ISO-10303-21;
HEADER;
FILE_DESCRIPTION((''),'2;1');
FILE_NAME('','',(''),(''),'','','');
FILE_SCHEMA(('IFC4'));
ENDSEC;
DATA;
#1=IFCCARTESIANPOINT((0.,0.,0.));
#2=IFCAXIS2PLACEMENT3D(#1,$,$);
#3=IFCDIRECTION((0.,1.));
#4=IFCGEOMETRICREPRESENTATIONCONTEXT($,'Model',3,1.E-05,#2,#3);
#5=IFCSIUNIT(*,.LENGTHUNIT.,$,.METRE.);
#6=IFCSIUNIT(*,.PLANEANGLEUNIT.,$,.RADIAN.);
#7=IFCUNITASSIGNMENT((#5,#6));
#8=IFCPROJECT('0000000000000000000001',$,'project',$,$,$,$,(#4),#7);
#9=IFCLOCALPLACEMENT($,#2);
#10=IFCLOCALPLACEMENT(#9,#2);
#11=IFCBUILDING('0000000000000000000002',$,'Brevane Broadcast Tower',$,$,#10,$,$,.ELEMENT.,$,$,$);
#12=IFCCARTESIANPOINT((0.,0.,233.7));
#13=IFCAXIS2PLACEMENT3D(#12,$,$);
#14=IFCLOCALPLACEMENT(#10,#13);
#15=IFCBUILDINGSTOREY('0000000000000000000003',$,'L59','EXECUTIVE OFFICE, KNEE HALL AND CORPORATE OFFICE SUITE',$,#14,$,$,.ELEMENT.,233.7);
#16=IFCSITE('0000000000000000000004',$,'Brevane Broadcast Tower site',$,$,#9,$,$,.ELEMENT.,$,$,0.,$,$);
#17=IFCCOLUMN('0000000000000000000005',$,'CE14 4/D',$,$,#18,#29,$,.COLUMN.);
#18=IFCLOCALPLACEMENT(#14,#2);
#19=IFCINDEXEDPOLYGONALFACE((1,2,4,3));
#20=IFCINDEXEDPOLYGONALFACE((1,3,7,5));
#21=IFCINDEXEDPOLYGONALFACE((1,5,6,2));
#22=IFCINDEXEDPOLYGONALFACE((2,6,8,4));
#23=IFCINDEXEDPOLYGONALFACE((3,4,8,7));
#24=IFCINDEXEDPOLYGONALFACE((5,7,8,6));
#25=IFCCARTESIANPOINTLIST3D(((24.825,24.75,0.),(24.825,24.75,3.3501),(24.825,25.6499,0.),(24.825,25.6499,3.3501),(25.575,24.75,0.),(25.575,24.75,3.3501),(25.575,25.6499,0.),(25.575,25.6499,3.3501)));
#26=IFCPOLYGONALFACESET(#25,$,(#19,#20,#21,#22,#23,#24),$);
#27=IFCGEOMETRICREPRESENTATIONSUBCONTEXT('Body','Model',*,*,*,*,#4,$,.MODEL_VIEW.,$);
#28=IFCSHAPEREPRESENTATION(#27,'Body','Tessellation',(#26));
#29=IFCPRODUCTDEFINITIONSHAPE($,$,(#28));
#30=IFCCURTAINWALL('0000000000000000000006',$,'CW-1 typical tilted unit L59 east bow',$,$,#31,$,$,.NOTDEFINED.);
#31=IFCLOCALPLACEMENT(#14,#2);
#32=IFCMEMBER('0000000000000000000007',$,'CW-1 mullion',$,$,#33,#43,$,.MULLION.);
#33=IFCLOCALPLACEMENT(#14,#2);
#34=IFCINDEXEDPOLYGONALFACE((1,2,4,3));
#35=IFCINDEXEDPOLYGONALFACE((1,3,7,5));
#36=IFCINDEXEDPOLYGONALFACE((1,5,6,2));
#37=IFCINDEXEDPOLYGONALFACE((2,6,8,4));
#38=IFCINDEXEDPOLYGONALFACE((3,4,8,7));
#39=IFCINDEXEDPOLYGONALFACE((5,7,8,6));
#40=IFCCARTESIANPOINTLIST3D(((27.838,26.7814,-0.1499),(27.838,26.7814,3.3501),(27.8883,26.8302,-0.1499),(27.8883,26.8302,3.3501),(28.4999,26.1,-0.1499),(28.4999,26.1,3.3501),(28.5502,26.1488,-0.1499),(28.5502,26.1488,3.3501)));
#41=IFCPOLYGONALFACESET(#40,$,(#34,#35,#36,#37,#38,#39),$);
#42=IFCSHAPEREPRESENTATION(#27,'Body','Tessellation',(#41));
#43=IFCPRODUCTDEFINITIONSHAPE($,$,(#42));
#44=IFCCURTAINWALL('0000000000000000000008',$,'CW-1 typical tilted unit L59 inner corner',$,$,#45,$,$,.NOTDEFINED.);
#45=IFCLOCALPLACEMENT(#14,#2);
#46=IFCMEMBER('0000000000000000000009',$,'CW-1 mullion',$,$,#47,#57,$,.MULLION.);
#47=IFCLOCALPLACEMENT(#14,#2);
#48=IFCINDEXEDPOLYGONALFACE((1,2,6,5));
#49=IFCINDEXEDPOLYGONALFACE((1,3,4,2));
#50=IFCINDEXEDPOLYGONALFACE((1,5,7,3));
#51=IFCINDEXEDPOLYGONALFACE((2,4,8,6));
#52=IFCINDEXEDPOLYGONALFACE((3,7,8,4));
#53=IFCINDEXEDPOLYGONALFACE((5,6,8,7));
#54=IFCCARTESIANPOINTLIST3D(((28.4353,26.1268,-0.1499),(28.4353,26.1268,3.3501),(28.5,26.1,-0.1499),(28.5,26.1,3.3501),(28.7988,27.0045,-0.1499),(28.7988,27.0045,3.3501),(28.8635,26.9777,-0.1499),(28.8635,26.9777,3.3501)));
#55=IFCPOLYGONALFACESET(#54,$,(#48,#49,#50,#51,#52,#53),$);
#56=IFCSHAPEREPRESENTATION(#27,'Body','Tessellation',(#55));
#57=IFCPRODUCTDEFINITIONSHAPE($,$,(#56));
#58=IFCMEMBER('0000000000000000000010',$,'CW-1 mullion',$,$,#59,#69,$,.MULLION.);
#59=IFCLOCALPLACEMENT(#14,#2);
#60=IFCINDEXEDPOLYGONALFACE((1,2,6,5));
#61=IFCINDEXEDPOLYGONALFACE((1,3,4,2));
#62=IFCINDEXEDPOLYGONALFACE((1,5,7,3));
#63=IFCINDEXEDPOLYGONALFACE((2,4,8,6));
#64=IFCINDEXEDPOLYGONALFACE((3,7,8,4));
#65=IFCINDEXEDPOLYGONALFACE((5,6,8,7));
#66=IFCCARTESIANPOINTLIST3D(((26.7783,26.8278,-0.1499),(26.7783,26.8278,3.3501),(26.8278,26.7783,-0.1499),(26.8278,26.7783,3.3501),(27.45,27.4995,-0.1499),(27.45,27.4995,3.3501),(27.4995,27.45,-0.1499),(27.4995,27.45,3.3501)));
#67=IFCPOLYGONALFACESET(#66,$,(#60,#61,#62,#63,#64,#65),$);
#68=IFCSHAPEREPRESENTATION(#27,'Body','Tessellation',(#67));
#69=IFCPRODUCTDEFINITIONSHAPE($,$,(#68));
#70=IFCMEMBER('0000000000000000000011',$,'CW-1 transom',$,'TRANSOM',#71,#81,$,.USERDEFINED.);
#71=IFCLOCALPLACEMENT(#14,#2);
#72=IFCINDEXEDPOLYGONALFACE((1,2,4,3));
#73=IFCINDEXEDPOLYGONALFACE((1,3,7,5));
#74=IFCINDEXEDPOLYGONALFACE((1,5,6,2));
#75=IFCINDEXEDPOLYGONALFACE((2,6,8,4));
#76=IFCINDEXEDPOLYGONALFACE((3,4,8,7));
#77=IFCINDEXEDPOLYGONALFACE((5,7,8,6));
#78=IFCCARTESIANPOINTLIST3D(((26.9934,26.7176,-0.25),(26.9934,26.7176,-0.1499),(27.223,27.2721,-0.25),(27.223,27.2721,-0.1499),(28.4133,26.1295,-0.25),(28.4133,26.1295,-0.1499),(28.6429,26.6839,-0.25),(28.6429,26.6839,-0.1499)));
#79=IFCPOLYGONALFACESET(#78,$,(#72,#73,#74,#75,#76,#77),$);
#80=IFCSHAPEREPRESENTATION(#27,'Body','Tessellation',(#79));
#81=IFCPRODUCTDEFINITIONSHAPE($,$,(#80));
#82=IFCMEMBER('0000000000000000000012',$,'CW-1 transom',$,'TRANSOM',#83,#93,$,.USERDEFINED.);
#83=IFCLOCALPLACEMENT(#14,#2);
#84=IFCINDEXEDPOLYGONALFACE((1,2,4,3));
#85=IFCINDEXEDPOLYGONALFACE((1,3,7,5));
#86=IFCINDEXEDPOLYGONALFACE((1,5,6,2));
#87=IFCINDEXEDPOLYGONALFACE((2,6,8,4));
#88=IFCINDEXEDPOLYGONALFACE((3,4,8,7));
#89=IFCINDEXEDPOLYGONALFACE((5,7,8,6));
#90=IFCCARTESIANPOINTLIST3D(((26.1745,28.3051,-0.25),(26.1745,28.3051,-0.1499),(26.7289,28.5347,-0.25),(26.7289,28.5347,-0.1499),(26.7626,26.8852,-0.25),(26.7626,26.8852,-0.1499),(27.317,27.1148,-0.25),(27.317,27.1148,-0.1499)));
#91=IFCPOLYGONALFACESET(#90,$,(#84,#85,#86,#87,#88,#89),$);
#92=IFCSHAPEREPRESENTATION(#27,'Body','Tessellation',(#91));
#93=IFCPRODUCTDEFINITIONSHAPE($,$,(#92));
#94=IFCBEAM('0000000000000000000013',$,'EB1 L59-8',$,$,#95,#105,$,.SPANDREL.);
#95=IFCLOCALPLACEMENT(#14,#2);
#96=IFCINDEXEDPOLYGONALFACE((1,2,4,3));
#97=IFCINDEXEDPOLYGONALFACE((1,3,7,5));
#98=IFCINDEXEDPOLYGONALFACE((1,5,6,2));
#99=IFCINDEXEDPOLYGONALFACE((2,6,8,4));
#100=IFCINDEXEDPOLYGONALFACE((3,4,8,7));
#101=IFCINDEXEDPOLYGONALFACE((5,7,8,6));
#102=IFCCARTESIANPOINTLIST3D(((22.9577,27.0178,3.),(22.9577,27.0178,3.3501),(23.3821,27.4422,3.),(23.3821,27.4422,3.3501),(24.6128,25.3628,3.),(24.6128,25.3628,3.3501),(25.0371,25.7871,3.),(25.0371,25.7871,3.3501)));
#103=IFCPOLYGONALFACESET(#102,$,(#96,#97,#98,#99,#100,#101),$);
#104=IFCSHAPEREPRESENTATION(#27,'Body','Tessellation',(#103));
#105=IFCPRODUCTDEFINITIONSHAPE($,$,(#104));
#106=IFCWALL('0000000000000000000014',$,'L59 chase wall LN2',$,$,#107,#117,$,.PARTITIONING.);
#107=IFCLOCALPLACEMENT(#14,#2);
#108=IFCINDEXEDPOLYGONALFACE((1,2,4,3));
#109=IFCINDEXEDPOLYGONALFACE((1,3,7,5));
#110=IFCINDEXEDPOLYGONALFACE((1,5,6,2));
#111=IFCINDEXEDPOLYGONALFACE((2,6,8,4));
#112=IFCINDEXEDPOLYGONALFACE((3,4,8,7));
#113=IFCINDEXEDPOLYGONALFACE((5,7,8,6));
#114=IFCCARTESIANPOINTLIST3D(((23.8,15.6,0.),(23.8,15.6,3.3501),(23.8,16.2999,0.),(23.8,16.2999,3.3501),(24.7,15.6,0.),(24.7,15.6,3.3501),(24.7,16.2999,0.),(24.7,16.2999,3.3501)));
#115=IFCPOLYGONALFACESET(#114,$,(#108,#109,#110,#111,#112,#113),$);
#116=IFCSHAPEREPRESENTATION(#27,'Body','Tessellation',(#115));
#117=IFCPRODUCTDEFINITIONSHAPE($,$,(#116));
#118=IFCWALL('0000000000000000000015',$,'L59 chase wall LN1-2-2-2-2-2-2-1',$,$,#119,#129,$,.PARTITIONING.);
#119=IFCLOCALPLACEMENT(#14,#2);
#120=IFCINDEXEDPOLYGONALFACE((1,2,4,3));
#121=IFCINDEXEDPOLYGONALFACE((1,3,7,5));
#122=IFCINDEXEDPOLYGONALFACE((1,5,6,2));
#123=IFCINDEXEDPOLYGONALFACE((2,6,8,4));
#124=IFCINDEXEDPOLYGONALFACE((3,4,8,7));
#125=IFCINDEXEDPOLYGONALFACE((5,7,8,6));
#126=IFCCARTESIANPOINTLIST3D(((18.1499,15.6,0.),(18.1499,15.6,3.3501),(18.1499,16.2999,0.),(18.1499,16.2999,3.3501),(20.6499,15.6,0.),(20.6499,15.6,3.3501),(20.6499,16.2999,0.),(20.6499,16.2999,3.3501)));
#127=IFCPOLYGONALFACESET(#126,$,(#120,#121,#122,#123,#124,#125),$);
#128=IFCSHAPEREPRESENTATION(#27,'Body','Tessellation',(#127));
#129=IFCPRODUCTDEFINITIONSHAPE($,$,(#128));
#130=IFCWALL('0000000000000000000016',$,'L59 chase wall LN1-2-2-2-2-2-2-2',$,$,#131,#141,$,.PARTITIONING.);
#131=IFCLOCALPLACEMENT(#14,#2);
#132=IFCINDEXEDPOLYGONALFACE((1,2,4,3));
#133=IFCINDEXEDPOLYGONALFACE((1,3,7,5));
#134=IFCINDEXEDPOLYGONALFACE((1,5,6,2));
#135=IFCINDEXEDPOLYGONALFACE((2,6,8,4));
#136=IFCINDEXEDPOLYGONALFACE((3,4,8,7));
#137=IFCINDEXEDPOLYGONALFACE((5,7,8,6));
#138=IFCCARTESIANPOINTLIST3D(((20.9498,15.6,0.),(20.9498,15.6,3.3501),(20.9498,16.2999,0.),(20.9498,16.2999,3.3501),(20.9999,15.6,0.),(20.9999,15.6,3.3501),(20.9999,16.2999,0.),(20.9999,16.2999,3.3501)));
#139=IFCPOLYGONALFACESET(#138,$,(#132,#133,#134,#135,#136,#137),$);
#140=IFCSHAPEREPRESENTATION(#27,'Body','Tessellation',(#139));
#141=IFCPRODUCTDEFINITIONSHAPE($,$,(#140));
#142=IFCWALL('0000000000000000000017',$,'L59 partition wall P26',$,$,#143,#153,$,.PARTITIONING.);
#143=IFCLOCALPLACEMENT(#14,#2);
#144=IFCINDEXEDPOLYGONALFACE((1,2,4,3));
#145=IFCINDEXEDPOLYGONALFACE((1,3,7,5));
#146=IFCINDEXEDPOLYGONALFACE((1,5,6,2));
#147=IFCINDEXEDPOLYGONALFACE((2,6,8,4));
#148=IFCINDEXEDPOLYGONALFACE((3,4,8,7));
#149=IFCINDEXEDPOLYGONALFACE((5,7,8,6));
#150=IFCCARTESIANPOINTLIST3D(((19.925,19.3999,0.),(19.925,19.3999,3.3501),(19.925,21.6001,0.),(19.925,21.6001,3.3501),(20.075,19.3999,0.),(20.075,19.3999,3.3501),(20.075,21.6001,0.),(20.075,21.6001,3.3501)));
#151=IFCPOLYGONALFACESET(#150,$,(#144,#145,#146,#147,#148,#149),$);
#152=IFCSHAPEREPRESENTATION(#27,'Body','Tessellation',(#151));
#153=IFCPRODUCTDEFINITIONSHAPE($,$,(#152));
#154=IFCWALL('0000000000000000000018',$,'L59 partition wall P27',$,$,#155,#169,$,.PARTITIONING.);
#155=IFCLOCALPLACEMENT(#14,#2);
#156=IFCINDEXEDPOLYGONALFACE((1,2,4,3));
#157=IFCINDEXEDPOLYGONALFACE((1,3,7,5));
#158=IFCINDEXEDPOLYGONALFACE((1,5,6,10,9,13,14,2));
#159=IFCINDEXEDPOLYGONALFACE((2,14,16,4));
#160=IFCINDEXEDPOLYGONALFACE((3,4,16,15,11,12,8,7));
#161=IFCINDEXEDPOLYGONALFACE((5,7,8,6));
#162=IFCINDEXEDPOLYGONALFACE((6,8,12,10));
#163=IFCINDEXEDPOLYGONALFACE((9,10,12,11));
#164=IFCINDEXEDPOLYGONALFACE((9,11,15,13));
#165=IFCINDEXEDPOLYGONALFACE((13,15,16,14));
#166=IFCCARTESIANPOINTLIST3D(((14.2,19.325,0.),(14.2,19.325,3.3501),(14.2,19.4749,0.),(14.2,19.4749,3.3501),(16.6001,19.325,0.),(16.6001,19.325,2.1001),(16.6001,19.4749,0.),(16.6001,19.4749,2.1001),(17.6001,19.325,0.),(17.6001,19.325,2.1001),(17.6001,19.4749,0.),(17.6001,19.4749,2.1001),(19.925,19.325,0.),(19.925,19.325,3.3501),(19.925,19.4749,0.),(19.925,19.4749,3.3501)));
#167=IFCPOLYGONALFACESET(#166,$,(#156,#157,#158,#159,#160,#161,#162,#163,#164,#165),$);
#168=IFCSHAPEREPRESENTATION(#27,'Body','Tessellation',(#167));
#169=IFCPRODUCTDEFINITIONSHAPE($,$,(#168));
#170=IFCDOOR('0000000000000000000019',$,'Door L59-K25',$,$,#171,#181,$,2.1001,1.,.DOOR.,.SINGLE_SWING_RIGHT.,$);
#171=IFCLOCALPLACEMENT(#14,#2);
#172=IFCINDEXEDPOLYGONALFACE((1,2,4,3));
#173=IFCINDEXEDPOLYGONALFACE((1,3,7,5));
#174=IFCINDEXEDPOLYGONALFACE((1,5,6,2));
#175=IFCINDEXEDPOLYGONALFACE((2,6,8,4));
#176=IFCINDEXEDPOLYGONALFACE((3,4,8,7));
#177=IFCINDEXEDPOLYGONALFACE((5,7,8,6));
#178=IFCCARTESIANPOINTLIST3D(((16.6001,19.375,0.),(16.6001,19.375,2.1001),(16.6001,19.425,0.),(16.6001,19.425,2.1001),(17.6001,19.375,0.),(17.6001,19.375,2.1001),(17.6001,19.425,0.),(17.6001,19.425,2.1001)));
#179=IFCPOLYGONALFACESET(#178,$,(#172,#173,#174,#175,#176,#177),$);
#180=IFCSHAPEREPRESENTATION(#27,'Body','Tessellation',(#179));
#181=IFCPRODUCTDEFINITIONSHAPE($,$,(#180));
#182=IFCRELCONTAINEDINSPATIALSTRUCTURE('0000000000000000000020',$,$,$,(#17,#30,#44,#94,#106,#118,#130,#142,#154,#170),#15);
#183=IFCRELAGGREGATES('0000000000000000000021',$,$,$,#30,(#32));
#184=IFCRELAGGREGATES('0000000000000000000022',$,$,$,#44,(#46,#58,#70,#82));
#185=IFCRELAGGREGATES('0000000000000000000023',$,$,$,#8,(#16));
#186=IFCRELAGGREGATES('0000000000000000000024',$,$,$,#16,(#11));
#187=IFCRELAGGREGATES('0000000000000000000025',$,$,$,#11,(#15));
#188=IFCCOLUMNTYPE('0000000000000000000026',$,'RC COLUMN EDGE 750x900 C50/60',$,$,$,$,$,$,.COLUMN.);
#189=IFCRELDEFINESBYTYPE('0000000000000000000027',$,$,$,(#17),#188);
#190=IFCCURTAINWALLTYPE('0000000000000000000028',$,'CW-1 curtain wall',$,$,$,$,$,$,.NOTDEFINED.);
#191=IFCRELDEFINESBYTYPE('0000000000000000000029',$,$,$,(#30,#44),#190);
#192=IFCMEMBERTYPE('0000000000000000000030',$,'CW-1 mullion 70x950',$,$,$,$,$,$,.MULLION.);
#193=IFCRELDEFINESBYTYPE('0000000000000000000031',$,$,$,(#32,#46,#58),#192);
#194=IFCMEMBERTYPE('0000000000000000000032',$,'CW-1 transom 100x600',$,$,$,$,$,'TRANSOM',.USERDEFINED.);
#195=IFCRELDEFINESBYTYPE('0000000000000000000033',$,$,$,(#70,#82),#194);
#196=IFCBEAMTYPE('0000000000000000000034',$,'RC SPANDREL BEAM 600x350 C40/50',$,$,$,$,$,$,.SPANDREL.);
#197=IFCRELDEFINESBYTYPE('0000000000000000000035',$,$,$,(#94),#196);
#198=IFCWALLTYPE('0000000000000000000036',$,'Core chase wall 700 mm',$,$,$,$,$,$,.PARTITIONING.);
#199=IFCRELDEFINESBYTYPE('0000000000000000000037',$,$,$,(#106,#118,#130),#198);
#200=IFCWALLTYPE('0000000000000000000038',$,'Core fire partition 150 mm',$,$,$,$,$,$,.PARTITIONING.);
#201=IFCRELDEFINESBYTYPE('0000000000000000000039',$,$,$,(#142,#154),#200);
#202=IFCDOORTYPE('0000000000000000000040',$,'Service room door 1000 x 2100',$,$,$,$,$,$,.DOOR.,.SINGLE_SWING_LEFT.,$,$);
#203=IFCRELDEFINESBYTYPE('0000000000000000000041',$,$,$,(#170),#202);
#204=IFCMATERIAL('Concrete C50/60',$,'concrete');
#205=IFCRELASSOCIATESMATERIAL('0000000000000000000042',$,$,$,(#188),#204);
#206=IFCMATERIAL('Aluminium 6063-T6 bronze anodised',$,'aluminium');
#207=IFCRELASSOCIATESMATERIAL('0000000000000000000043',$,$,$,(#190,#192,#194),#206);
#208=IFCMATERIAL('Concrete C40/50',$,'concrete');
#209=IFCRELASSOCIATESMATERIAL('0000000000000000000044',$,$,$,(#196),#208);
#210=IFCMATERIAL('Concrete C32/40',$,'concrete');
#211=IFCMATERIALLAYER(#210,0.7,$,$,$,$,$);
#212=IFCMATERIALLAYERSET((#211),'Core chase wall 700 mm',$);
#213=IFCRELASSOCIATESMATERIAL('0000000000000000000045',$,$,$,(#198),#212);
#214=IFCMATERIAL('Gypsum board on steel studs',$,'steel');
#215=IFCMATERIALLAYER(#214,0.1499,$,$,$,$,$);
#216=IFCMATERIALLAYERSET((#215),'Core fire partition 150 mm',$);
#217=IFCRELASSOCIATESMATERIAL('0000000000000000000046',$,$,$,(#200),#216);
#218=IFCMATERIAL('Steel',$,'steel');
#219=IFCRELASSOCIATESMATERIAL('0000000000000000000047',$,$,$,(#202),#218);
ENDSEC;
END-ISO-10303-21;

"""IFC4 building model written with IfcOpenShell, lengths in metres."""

from ifc_helpers import new_model, si_unit, direction, frame, frame_2d, origin, origin_2d, place, context, subcontext, project, spatial, rectangle, extrude, material, layer, layer_set, material_profile, profile_set, type_object, element, fill, aggregate, save


model = new_model("IFC4")

# Units and contexts
model_context = context("Model", 3, precision=1e-05, world=origin(), true_north=direction((0.0, 1.0)))
body_context = subcontext(model_context, "Body", "Model", "MODEL_VIEW")
ifc_project = project(units=[si_unit("LENGTHUNIT", "METRE"), si_unit("PLANEANGLEUNIT", "RADIAN")], contexts=[model_context])

# Site, building, storey
site_placement = place(None, origin())
site = spatial("IfcSite", under=ifc_project, at=site_placement, Name="Brevane Broadcast Tower site", CompositionType="ELEMENT", RefElevation=0.0)
building_placement = place(site_placement, origin())
building = spatial("IfcBuilding", under=site, at=building_placement, Name="Brevane Broadcast Tower", CompositionType="ELEMENT")
storey_placement = place(building_placement, frame((0.0, 0.0, 233.7)))
storey = spatial("IfcBuildingStorey", under=building, at=storey_placement, Name="L59", Description="EXECUTIVE OFFICE, KNEE HALL AND CORPORATE OFFICE SUITE", CompositionType="ELEMENT", Elevation=233.7)

# Column
ifc_material_1 = material(Name="Concrete C50/60", Category="concrete")
ifc_material_profile_1 = material_profile(ifc_material_1, rectangle(XDim=0.75, YDim=0.8999, at=origin_2d()), Name="RC 750x900")
ifc_profile_set_1 = profile_set([ifc_material_profile_1], Name="Concrete C50/60")
column_type = type_object("IfcColumnType", Name="RC COLUMN EDGE 750x900 C50/60", PredefinedType="COLUMN", material=ifc_profile_set_1)
column_placement = place(storey_placement, frame((25.2, 25.2, 0.0), z_axis=(0.0, 0.0, 1.0), x_axis=(1.0, 0.0, 0.0)))
element("IfcColumn", 1, at=column_placement, inside=storey, type_object=column_type, Name="CE14 4/D", PredefinedType="COLUMN", context=body_context, shape_type="SweptSolid", body=[
    extrude(rectangle(XDim=0.75, YDim=0.8999, at=origin_2d()), origin(), (0.0, 0.0, 1.0), 3.3501),
])

# Curtain wall, member
ifc_material_2 = material(Name="Aluminium 6063-T6 bronze anodised", Category="aluminium")
curtain_wall_type = type_object("IfcCurtainWallType", Name="CW-1 curtain wall", PredefinedType="NOTDEFINED", material=ifc_material_2)
curtain_wall_1_placement = place(storey_placement, origin())
curtain_wall_1 = element("IfcCurtainWall", 2, at=curtain_wall_1_placement, inside=storey, type_object=curtain_wall_type, Name="CW-1 typical tilted unit L59 east bow", PredefinedType="NOTDEFINED")
ifc_material_profile_2 = material_profile(ifc_material_2, rectangle(XDim=0.95, YDim=0.0701, at=origin_2d()), Name="RECT 70x950")
ifc_profile_set_2 = profile_set([ifc_material_profile_2], Name="Aluminium 6063-T6 bronze anodised")
member_type_1 = type_object("IfcMemberType", Name="CW-1 mullion 70x950", PredefinedType="MULLION", material=ifc_profile_set_2)
member_1_placement = place(storey_placement, frame((28.1941, 26.4651, -0.1499), z_axis=(0.0, 0.0, 1.0), x_axis=(0.696812, -0.717254, 0.0)))
member_1 = element("IfcMember", 3, at=member_1_placement, type_object=member_type_1, Name="CW-1 mullion", PredefinedType="MULLION", context=body_context, shape_type="SweptSolid", body=[
    extrude(rectangle(XDim=0.95, YDim=0.0701, at=origin_2d()), origin(), (0.0, 0.0, 1.0), 3.5),
])
aggregate(curtain_wall_1, [member_1])

# Curtain wall, members
curtain_wall_2_placement = place(storey_placement, origin())
curtain_wall_2 = element("IfcCurtainWall", 4, at=curtain_wall_2_placement, inside=storey, type_object=curtain_wall_type, Name="CW-1 typical tilted unit L59 inner corner", PredefinedType="NOTDEFINED")
member_2_placement = place(storey_placement, frame((28.6494, 26.5522, -0.1499), z_axis=(0.0, 0.0, 1.0), x_axis=(-0.382683, -0.92388, 0.0)))
member_2 = element("IfcMember", 5, at=member_2_placement, type_object=member_type_1, Name="CW-1 mullion", PredefinedType="MULLION", context=body_context, shape_type="SweptSolid", body=[
    extrude(rectangle(XDim=0.95, YDim=0.0701, at=origin_2d()), origin(), (0.0, 0.0, 1.0), 3.5),
])
member_3_placement = place(storey_placement, frame((27.1389, 27.1389, -0.1499), z_axis=(0.0, 0.0, 1.0), x_axis=(-0.707107, -0.707107, 0.0)))
member_3 = element("IfcMember", 6, at=member_3_placement, type_object=member_type_1, Name="CW-1 mullion", PredefinedType="MULLION", context=body_context, shape_type="SweptSolid", body=[
    extrude(rectangle(XDim=0.95, YDim=0.0701, at=origin_2d()), origin(), (0.0, 0.0, 1.0), 3.5),
])
ifc_material_profile_3 = material_profile(ifc_material_2, rectangle(XDim=0.6001, YDim=0.1001, at=origin_2d()), Name="RECT 100x600")
ifc_profile_set_3 = profile_set([ifc_material_profile_3], Name="Aluminium 6063-T6 bronze anodised")
member_type_2 = type_object("IfcMemberType", Name="CW-1 transom 100x600", ElementType="TRANSOM", PredefinedType="USERDEFINED", material=ifc_profile_set_3)
member_4_placement = place(storey_placement, frame((28.5281, 26.4067, -0.2), z_axis=(-0.923883, 0.382674, 0.0), x_axis=(-0.382674, -0.923883, 0.0)))
member_4 = element("IfcMember", 7, at=member_4_placement, type_object=member_type_2, Name="CW-1 transom", ObjectType="TRANSOM", PredefinedType="USERDEFINED", context=body_context, shape_type="SweptSolid", body=[
    extrude(rectangle(XDim=0.6001, YDim=0.1001, at=origin_2d()), origin(), (0.0, 0.0, 1.0), 1.5369),
])
member_5_placement = place(storey_placement, frame((27.0398, 27.0, -0.2), z_axis=(-0.382674, 0.923883, 0.0), x_axis=(-0.923883, -0.382674, 0.0)))
member_5 = element("IfcMember", 8, at=member_5_placement, type_object=member_type_2, Name="CW-1 transom", ObjectType="TRANSOM", PredefinedType="USERDEFINED", context=body_context, shape_type="SweptSolid", body=[
    extrude(rectangle(XDim=0.6001, YDim=0.1001, at=origin_2d()), origin(), (0.0, 0.0, 1.0), 1.5369),
])
aggregate(curtain_wall_2, [member_2, member_3, member_4, member_5])

# Beam
ifc_material_3 = material(Name="Concrete C40/50", Category="concrete")
ifc_material_profile_4 = material_profile(ifc_material_3, rectangle(XDim=0.6001, YDim=0.3501, at=origin_2d()), Name="RC 600x350")
ifc_profile_set_4 = profile_set([ifc_material_profile_4], Name="Concrete C40/50")
beam_type = type_object("IfcBeamType", Name="RC SPANDREL BEAM 600x350 C40/50", PredefinedType="SPANDREL", material=ifc_profile_set_4)
beam_placement = place(storey_placement, frame((24.825, 25.575, 3.175), z_axis=(-0.707107, 0.707107, 0.0), x_axis=(-0.707107, -0.707107, 0.0)))
element("IfcBeam", 9, at=beam_placement, inside=storey, type_object=beam_type, Name="EB1 L59-8", PredefinedType="SPANDREL", context=body_context, shape_type="SweptSolid", body=[
    extrude(rectangle(XDim=0.6001, YDim=0.3501, at=origin_2d()), origin(), (0.0, 0.0, 1.0), 2.3406),
])

# Walls
ifc_material_4 = material(Name="Concrete C32/40", Category="concrete")
ifc_layer_1 = layer(ifc_material_4, 0.7)
ifc_layer_set_1 = layer_set([ifc_layer_1], Name="Core chase wall 700 mm")
wall_type_1 = type_object("IfcWallType", Name="Core chase wall 700 mm", PredefinedType="PARTITIONING", material=ifc_layer_set_1)
wall_1_placement = place(storey_placement, frame((23.8, 15.95, 0.0), z_axis=(0.0, 0.0, 1.0), x_axis=(1.0, 0.0, 0.0)))
element("IfcWall", 10, at=wall_1_placement, inside=storey, type_object=wall_type_1, Name="L59 chase wall LN2", PredefinedType="PARTITIONING", context=body_context, shape_type="SweptSolid", body=[
    extrude(rectangle(XDim=0.8999, YDim=0.7, at=frame_2d((0.45, 0.0))), origin(), (0.0, 0.0, 1.0), 3.3501),
])
wall_2_placement = place(storey_placement, frame((18.1499, 15.95, 0.0), z_axis=(0.0, 0.0, 1.0), x_axis=(1.0, 0.0, 0.0)))
element("IfcWall", 11, at=wall_2_placement, inside=storey, type_object=wall_type_1, Name="L59 chase wall LN1-2-2-2-2-2-2-1", PredefinedType="PARTITIONING", context=body_context, shape_type="SweptSolid", body=[
    extrude(rectangle(XDim=2.5, YDim=0.7, at=frame_2d((1.25, 0.0))), origin(), (0.0, 0.0, 1.0), 3.3501),
])
wall_3_placement = place(storey_placement, frame((20.95, 15.95, 0.0), z_axis=(0.0, 0.0, 1.0), x_axis=(1.0, 0.0, 0.0)))
element("IfcWall", 12, at=wall_3_placement, inside=storey, type_object=wall_type_1, Name="L59 chase wall LN1-2-2-2-2-2-2-2", PredefinedType="PARTITIONING", context=body_context, shape_type="SweptSolid", body=[
    extrude(rectangle(XDim=0.05, YDim=0.7, at=frame_2d((0.0249, 0.0))), origin(), (0.0, 0.0, 1.0), 3.3501),
])
ifc_material_5 = material(Name="Gypsum board on steel studs", Category="steel")
ifc_layer_2 = layer(ifc_material_5, 0.1499)
ifc_layer_set_2 = layer_set([ifc_layer_2], Name="Core fire partition 150 mm")
wall_type_2 = type_object("IfcWallType", Name="Core fire partition 150 mm", PredefinedType="PARTITIONING", material=ifc_layer_set_2)
wall_4_placement = place(storey_placement, frame((20.0, 21.6001, 0.0), z_axis=(0.0, 0.0, 1.0), x_axis=(0.0, -1.0, 0.0)))
element("IfcWall", 13, at=wall_4_placement, inside=storey, type_object=wall_type_2, Name="L59 partition wall P26", PredefinedType="PARTITIONING", context=body_context, shape_type="SweptSolid", body=[
    extrude(rectangle(XDim=2.2002, YDim=0.1499, at=frame_2d((1.1001, 0.0))), origin(), (0.0, 0.0, 1.0), 3.3501),
])

# Wall, opening, door
wall_5_placement = place(storey_placement, frame((19.925, 19.3999, 0.0), z_axis=(0.0, 0.0, 1.0), x_axis=(-1.0, 0.0, 0.0)))
wall_5 = element("IfcWall", 14, at=wall_5_placement, inside=storey, type_object=wall_type_2, Name="L59 partition wall P27", PredefinedType="PARTITIONING", context=body_context, shape_type="SweptSolid", body=[
    extrude(rectangle(XDim=5.7251, YDim=0.1499, at=frame_2d((2.8625, 0.0))), origin(), (0.0, 0.0, 1.0), 3.3501),
])
opening_1_placement = place(wall_5_placement, frame((2.325, 0.0, 0.0)))
opening_1 = element("IfcOpeningElement", 15, at=opening_1_placement, cuts=wall_5, PredefinedType="OPENING", context=body_context, shape_type="SweptSolid", body=[
    extrude(rectangle(XDim=1.0, YDim=2.1001, at=frame_2d((0.5, 1.05))), frame((0.0, 0.085, 0.0), z_axis=(0.0, -1.0, 0.0), x_axis=(1.0, 0.0, 0.0)), (0.0, 0.0, 1.0), 0.1699),
])
ifc_material_6 = material(Name="Steel", Category="steel")
door_type_1 = type_object("IfcDoorType", Name="Service room door 1000 x 2100", OperationType="SINGLE_SWING_LEFT", PredefinedType="DOOR", material=ifc_material_6)
door_1_placement = place(opening_1_placement, origin())
door_1 = element("IfcDoor", 16, at=door_1_placement, inside=storey, type_object=door_type_1, Name="Door L59-K25", OperationType="SINGLE_SWING_RIGHT", OverallHeight=2.1001, OverallWidth=1.0, PredefinedType="DOOR", context=body_context, shape_type="SweptSolid", body=[
    extrude(rectangle(XDim=1.0, YDim=2.1001, at=frame_2d((0.5, 1.05))), frame((0.0, 0.0249, 0.0), z_axis=(0.0, -1.0, 0.0), x_axis=(1.0, 0.0, 0.0)), (0.0, 0.0, 1.0), 0.05),
])
fill(opening_1, door_1)

save(model, "model.ifc")
